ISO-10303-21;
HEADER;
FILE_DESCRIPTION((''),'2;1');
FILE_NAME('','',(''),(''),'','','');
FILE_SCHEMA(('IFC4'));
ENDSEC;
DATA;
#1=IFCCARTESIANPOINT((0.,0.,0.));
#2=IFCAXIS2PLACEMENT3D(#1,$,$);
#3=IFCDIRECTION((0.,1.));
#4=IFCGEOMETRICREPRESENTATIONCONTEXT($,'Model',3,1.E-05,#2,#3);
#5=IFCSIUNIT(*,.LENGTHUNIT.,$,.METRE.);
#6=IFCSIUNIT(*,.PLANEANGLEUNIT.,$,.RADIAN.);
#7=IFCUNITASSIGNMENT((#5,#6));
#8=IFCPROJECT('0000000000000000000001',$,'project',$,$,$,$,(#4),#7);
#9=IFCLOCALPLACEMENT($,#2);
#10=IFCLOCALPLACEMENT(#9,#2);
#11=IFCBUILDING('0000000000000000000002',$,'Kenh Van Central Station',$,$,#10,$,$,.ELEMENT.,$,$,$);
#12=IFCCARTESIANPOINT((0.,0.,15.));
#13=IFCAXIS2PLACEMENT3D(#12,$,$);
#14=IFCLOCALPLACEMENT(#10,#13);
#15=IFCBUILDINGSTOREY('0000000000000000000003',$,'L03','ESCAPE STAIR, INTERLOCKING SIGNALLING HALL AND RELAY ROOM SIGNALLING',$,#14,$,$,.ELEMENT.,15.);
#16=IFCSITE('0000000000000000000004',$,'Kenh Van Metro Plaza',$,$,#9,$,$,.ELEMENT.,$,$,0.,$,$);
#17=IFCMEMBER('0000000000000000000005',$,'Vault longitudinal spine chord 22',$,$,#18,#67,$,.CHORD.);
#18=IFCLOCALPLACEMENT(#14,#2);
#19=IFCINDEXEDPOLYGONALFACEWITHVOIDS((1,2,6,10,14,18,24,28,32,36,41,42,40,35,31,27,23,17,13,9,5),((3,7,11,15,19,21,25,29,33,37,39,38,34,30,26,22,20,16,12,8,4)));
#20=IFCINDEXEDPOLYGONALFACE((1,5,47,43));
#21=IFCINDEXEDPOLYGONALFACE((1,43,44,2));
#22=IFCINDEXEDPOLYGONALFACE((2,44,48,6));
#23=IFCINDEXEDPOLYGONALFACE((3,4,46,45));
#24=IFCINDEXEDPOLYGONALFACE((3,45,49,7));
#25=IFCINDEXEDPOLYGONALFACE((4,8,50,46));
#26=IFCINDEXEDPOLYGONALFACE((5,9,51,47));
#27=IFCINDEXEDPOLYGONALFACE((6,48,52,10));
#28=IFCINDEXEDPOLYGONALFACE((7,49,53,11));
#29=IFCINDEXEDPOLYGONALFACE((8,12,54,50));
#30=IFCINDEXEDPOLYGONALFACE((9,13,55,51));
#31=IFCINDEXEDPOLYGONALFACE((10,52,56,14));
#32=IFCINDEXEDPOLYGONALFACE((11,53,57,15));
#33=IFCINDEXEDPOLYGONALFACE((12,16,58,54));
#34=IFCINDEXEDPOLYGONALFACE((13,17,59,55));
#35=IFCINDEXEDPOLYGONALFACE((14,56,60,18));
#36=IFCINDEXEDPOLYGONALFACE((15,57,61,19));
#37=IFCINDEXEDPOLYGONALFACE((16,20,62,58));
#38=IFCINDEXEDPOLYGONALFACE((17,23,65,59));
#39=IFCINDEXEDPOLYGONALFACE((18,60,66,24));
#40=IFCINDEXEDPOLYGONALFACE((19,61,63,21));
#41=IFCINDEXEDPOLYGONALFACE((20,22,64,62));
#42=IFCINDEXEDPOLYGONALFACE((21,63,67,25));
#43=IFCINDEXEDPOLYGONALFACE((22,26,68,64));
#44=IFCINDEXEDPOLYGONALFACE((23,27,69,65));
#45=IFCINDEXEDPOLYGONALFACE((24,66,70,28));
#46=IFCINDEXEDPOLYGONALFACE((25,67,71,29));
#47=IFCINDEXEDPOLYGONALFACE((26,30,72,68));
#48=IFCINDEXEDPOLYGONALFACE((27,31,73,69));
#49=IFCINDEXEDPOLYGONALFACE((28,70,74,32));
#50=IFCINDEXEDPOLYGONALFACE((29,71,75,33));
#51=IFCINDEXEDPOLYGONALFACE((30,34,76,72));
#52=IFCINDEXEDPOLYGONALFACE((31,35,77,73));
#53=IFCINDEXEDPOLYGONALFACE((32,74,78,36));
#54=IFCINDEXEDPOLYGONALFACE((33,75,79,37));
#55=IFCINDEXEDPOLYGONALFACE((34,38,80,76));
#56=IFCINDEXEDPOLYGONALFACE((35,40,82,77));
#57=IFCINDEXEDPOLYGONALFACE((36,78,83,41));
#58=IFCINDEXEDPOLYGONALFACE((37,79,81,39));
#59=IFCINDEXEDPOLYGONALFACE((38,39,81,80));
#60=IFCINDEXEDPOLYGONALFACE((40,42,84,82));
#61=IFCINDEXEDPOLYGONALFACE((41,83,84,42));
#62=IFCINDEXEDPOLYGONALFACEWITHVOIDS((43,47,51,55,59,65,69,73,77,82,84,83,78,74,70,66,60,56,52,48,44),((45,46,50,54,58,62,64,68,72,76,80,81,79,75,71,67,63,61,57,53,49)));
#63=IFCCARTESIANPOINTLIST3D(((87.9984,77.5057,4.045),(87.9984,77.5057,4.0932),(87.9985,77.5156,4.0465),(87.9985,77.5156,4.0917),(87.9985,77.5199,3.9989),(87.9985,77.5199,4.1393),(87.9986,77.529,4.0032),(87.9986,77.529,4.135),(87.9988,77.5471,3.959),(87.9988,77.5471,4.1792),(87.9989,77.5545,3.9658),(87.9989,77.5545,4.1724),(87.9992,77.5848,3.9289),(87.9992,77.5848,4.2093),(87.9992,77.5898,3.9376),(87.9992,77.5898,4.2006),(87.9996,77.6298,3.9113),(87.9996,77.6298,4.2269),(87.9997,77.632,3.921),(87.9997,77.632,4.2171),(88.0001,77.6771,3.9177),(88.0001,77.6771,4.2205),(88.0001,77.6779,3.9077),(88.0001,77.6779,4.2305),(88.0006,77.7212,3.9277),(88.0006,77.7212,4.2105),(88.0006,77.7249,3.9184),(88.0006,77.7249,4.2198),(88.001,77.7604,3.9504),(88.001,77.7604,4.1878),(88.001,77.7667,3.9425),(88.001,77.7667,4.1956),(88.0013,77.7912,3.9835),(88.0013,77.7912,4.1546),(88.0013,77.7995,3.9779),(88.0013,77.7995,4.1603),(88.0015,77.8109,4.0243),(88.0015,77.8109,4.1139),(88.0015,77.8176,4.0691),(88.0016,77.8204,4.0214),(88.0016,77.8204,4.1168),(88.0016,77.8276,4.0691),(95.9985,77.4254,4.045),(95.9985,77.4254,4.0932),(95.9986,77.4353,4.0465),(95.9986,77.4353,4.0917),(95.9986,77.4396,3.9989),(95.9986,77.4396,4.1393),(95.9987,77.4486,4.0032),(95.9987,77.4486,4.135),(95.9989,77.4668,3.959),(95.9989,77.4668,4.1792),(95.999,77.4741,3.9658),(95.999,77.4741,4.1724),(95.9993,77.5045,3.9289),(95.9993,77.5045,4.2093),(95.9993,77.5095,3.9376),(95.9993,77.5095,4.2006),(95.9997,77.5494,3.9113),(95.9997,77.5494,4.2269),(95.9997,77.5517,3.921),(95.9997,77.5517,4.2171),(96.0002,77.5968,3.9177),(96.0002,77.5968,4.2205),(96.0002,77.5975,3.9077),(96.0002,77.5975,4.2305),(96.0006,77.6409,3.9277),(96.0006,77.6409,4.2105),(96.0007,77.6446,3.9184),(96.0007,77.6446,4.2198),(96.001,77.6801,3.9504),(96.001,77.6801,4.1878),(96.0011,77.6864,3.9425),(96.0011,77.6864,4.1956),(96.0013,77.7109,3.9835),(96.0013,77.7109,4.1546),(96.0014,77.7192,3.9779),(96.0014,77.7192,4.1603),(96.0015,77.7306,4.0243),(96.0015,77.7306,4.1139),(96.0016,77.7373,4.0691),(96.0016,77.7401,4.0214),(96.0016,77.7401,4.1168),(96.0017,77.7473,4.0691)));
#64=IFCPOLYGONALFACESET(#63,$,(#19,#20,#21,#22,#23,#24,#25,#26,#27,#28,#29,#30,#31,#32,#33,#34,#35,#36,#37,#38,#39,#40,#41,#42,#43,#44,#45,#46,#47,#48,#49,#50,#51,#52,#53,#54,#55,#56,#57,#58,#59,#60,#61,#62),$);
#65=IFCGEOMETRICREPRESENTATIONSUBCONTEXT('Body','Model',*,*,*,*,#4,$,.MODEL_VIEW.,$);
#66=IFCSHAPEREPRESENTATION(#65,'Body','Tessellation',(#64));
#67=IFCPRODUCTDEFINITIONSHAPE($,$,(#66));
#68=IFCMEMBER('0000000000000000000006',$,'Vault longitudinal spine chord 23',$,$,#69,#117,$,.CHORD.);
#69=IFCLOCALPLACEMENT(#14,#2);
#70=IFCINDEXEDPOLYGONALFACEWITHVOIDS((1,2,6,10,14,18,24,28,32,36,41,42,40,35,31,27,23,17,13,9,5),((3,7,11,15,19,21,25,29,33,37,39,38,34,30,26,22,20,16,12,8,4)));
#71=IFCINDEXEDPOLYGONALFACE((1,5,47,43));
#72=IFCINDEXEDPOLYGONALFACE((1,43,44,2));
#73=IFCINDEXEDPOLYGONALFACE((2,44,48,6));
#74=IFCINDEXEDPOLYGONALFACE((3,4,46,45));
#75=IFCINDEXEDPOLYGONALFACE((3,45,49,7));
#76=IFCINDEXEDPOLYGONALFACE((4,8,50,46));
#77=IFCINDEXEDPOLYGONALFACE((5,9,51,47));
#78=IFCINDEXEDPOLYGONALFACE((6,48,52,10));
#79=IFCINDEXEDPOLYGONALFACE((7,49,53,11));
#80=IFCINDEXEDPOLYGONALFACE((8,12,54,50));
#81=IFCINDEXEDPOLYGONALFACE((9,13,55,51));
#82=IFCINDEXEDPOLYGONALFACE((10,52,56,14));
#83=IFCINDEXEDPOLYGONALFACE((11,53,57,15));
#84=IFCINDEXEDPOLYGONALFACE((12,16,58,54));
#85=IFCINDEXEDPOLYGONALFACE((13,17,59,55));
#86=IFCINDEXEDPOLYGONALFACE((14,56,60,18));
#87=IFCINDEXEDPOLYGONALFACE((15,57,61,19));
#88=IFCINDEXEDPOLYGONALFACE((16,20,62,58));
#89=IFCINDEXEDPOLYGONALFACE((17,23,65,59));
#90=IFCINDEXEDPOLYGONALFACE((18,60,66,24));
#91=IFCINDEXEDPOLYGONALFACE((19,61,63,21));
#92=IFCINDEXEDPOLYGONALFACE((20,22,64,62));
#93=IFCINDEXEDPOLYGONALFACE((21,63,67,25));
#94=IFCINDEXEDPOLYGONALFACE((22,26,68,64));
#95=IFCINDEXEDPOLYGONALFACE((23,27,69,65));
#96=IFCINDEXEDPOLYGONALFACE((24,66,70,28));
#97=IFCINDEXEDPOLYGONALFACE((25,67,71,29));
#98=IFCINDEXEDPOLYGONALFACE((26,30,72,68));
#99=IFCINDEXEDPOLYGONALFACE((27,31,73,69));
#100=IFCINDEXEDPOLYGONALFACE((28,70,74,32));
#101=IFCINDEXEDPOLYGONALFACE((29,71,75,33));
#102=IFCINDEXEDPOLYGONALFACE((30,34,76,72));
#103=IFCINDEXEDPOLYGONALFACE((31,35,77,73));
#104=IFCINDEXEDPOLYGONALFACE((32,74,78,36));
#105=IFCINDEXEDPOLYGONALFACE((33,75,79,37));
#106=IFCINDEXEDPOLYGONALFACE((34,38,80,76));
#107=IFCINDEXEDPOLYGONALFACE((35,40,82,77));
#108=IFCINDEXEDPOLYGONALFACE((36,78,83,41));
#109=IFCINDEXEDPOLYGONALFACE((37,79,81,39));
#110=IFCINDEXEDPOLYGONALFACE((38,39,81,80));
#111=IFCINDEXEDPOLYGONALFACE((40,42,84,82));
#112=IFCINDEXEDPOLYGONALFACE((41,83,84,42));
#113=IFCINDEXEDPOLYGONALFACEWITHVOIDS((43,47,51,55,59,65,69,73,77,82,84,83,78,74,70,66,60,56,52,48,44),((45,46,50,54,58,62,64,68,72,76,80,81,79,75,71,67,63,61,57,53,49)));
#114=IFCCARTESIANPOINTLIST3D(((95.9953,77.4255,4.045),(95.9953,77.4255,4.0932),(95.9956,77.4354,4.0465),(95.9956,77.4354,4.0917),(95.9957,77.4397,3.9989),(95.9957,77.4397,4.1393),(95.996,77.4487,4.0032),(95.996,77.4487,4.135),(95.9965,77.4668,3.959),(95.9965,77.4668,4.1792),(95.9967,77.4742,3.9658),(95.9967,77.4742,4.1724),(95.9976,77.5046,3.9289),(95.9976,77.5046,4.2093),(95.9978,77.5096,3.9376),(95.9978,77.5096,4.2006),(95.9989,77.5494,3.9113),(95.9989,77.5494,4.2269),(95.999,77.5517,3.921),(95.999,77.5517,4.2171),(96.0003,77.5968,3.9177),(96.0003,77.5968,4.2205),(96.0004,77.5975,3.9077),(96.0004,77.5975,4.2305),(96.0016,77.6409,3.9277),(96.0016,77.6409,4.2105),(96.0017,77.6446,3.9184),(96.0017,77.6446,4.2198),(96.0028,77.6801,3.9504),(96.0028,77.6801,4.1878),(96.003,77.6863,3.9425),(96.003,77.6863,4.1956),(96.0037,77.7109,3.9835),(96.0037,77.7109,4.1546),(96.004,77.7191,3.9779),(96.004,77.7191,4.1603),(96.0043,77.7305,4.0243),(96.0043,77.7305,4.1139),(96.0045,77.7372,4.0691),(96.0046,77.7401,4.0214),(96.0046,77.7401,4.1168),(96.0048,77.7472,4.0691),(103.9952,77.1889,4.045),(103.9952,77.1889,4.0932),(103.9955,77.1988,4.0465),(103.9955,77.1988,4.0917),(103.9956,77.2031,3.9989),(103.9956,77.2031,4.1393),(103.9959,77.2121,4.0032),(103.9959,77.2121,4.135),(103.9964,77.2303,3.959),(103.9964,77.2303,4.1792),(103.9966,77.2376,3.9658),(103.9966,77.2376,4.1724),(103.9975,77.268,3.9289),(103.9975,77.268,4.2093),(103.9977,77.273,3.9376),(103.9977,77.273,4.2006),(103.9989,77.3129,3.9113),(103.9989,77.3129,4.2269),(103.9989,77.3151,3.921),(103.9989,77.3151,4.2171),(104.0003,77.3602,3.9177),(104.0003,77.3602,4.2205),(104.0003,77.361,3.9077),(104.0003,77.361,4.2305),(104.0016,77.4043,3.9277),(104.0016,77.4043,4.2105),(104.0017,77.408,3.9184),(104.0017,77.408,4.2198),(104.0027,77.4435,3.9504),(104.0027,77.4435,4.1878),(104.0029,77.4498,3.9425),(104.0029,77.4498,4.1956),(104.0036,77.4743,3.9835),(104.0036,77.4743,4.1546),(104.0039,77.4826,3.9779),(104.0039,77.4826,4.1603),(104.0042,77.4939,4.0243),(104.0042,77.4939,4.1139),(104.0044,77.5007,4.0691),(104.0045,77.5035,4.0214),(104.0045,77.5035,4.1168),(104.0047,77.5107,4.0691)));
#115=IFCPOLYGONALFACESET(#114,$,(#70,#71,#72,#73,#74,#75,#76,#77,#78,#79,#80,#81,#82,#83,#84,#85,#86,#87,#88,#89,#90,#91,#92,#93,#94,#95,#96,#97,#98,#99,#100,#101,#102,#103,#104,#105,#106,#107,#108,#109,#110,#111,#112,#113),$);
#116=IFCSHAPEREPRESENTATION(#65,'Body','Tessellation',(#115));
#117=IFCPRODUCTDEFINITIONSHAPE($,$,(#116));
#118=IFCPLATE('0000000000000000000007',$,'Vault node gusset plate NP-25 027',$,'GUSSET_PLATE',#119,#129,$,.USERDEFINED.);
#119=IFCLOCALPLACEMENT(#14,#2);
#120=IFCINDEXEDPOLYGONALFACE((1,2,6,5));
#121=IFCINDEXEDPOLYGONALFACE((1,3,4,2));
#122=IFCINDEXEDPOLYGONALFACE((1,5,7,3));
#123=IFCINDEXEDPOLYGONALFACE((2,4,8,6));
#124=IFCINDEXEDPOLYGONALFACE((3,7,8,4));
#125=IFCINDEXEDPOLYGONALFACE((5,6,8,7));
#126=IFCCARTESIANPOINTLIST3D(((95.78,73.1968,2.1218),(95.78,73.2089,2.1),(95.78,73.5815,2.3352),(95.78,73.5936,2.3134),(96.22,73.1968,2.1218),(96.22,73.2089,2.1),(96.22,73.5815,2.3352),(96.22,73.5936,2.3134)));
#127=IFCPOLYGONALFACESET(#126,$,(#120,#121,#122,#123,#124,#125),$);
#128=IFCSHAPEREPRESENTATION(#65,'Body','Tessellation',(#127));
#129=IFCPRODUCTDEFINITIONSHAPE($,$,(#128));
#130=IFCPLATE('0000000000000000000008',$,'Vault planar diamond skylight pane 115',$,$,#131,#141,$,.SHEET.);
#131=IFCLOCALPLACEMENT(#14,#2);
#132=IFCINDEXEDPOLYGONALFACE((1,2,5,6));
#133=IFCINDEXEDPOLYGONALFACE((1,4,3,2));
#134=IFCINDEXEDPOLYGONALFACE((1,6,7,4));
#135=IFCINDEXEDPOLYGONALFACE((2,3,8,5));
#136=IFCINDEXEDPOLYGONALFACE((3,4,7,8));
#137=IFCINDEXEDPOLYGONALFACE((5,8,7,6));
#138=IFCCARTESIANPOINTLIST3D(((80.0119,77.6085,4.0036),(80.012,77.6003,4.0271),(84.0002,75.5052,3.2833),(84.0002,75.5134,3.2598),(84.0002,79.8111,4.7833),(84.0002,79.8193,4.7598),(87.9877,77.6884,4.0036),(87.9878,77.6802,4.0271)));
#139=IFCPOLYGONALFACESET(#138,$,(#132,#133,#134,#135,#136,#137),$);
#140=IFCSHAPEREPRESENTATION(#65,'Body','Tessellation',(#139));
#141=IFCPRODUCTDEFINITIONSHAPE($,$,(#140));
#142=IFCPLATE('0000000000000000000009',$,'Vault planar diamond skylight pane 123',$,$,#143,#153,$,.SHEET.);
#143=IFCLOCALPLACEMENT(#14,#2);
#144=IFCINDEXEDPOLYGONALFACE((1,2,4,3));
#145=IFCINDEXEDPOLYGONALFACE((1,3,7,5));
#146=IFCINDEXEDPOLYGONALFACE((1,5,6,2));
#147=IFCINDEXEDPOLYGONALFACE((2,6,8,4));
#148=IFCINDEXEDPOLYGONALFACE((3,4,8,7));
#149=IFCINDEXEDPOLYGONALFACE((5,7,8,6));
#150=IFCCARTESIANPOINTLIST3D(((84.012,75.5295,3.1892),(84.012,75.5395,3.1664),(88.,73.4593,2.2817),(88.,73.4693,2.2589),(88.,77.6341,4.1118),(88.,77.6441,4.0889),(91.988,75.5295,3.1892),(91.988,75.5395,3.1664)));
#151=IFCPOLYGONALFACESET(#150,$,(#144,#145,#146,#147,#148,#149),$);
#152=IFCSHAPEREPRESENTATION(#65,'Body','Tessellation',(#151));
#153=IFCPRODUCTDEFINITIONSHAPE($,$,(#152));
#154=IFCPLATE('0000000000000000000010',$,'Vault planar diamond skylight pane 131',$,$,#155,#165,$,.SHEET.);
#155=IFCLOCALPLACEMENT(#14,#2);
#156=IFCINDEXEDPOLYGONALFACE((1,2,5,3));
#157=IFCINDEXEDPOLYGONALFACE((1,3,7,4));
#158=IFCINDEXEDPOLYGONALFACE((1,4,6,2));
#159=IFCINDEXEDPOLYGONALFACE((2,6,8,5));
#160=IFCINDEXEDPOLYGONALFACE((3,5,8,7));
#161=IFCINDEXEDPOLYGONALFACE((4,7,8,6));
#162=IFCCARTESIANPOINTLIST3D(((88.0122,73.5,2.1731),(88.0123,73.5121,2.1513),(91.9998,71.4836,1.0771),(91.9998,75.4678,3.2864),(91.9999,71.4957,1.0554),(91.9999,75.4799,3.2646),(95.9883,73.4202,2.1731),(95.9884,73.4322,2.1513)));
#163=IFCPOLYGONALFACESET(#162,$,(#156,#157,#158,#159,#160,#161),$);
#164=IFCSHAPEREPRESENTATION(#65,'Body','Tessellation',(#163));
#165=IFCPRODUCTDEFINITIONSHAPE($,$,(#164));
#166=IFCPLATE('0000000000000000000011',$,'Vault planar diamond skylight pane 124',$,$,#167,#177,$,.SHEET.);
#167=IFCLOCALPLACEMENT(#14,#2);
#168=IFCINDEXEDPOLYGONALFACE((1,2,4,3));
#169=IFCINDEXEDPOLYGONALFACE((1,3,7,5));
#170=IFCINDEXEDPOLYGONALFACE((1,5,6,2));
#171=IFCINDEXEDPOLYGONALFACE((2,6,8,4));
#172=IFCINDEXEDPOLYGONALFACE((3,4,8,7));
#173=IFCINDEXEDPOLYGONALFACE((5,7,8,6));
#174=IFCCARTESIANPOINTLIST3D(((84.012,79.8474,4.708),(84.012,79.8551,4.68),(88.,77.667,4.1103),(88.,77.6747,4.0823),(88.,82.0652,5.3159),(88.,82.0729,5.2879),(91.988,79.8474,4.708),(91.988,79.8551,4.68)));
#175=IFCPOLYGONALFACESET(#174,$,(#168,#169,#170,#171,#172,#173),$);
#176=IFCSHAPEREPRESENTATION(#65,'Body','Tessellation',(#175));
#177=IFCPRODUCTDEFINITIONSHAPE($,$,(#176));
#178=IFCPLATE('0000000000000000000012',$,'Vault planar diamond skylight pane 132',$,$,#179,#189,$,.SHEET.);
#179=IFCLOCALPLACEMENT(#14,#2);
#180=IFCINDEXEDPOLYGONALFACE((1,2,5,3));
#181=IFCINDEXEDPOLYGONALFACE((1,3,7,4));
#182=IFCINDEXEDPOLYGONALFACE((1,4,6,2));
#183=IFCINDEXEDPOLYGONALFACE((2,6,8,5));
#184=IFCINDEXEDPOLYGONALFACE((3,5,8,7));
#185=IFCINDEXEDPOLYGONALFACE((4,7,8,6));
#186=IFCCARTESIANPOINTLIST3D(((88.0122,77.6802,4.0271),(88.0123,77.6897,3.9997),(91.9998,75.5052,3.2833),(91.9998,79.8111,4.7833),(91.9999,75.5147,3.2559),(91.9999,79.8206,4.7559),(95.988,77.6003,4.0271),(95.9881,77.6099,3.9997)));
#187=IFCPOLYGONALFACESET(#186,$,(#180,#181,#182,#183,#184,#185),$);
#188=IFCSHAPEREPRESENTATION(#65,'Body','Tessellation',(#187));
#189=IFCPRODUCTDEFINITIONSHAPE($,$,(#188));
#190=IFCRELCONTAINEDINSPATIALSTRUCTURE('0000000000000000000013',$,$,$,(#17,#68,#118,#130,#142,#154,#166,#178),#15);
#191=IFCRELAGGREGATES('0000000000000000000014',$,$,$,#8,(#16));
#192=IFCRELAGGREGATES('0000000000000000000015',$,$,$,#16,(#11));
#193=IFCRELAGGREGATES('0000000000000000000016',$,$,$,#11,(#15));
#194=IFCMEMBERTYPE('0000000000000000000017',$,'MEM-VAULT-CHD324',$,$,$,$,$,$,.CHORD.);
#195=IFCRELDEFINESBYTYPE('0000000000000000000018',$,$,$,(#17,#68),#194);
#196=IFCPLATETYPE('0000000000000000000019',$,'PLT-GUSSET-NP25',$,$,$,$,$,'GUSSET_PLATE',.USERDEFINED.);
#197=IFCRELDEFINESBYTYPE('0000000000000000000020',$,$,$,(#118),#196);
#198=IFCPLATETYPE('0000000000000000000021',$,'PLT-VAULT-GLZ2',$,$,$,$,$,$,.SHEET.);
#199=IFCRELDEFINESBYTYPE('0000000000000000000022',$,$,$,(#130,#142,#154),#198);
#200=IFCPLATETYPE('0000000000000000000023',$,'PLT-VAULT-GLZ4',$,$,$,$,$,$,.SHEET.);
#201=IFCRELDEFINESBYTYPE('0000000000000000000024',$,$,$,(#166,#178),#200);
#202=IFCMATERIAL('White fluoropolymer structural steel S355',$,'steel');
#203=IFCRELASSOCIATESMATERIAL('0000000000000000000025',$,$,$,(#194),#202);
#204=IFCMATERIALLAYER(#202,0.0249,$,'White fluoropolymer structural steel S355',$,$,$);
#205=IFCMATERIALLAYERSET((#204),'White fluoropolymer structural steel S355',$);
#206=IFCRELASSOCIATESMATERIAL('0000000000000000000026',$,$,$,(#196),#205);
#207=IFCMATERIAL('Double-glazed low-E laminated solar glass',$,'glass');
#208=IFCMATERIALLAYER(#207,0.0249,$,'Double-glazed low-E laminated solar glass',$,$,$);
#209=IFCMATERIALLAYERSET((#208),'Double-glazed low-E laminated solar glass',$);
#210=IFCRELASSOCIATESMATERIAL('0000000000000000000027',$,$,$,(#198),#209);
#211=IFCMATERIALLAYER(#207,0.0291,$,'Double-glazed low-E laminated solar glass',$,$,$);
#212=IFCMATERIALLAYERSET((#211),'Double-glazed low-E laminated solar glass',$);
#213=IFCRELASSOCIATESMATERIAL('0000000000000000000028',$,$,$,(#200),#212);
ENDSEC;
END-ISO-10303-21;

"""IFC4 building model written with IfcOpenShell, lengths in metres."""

from ifc_helpers import new_model, si_unit, direction, frame, origin, origin_2d, place, context, subcontext, project, spatial, polyline, hollow_circle, outline, extrude, material, layer, layer_set, material_profile, profile_set, type_object, element, save


model = new_model("IFC4")

# Units and contexts
model_context = context("Model", 3, precision=1e-05, world=origin(), true_north=direction((0.0, 1.0)))
body_context = subcontext(model_context, "Body", "Model", "MODEL_VIEW")
ifc_project = project(units=[si_unit("LENGTHUNIT", "METRE"), si_unit("PLANEANGLEUNIT", "RADIAN")], contexts=[model_context])

# Site, building, storey
site_placement = place(None, origin())
site = spatial("IfcSite", under=ifc_project, at=site_placement, Name="Kenh Van Metro Plaza", CompositionType="ELEMENT", RefElevation=0.0)
building_placement = place(site_placement, origin())
building = spatial("IfcBuilding", under=site, at=building_placement, Name="Kenh Van Central Station", CompositionType="ELEMENT")
storey_placement = place(building_placement, frame((0.0, 0.0, 15.0)))
storey = spatial("IfcBuildingStorey", under=building, at=storey_placement, Name="L03", Description="ESCAPE STAIR, INTERLOCKING SIGNALLING HALL AND RELAY ROOM SIGNALLING", CompositionType="ELEMENT", Elevation=15.0)

# Shared definitions
ifc_material_1 = material(Name="White fluoropolymer structural steel S355", Category="steel")

# Members
ifc_material_profile_1 = material_profile(ifc_material_1, hollow_circle(Radius=0.1619, WallThickness=0.01, at=origin_2d()), Name="CHS 323.9x10")
ifc_profile_set_1 = profile_set([ifc_material_profile_1], Name="White fluoropolymer structural steel S355")
member_type_1 = type_object("IfcMemberType", Name="MEM-VAULT-CHD324", PredefinedType="CHORD", material=ifc_profile_set_1)
member_1_placement = place(storey_placement, frame((88.0, 77.6658, 4.0691), z_axis=(0.99995, -0.01004, 0.0), x_axis=(0.01004, 0.99995, 0.0)))
element("IfcMember", 1, at=member_1_placement, inside=storey, type_object=member_type_1, Name="Vault longitudinal spine chord 22", PredefinedType="CHORD", context=body_context, shape_type="SweptSolid", body=[
    extrude(hollow_circle(Radius=0.1619, WallThickness=0.01, at=origin_2d()), origin(), (0.0, 0.0, 1.0), 8.0005),
])
member_2_placement = place(storey_placement, frame((96.0, 77.5854, 4.0691), z_axis=(0.999563, -0.029559, 0.0), x_axis=(0.029559, 0.999563, 0.0)))
element("IfcMember", 2, at=member_2_placement, inside=storey, type_object=member_type_1, Name="Vault longitudinal spine chord 23", PredefinedType="CHORD", context=body_context, shape_type="SweptSolid", body=[
    extrude(hollow_circle(Radius=0.1619, WallThickness=0.01, at=origin_2d()), origin(), (0.0, 0.0, 1.0), 8.0034),
])

# Plates
ifc_layer_1 = layer(ifc_material_1, 0.0249, Name="White fluoropolymer structural steel S355")
ifc_layer_set_1 = layer_set([ifc_layer_1], Name="White fluoropolymer structural steel S355")
plate_type_1 = type_object("IfcPlateType", Name="PLT-GUSSET-NP25", ElementType="GUSSET_PLATE", PredefinedType="USERDEFINED", material=ifc_layer_set_1)
plate_1_placement = place(storey_placement, frame((95.78, 73.1968, 2.1218), z_axis=(0.0, -0.484983, 0.874523), x_axis=(1.0, 0.0, 0.0)))
element("IfcPlate", 3, at=plate_1_placement, inside=storey, type_object=plate_type_1, Name="Vault node gusset plate NP-25 027", ObjectType="GUSSET_PLATE", PredefinedType="USERDEFINED", context=body_context, shape_type="SweptSolid", body=[
    extrude(outline(polyline([(0.0, 0.0), (0.4399, 0.0), (0.4399, 0.44), (0.0, 0.44), (0.0, 0.0)])), origin(), (0.0, 0.0, -1.0), 0.0249),
])
ifc_material_2 = material(Name="Double-glazed low-E laminated solar glass", Category="glass")
ifc_layer_2 = layer(ifc_material_2, 0.0249, Name="Double-glazed low-E laminated solar glass")
ifc_layer_set_2 = layer_set([ifc_layer_2], Name="Double-glazed low-E laminated solar glass")
plate_type_2 = type_object("IfcPlateType", Name="PLT-VAULT-GLZ2", PredefinedType="SHEET", material=ifc_layer_set_2)
plate_2_placement = place(storey_placement, frame((80.012, 77.6003, 4.0271), z_axis=(0.003293, -0.328967, 0.944336), x_axis=(0.873453, -0.458853, -0.162891)))
element("IfcPlate", 4, at=plate_2_placement, inside=storey, type_object=plate_type_2, Name="Vault planar diamond skylight pane 115", PredefinedType="SHEET", context=body_context, shape_type="SweptSolid", body=[
    extrude(outline(polyline([(0.0, 0.0), (4.5661, 0.0), (6.9299, 3.9493), (2.346, 3.9827), (0.0, 0.0)])), origin(), (0.0, 0.0, -1.0), 0.0249),
])
plate_3_placement = place(storey_placement, frame((84.012, 75.5295, 3.1892), z_axis=(0.0, -0.401482, 0.915867), x_axis=(0.869968, -0.451621, -0.197974)))
element("IfcPlate", 5, at=plate_3_placement, inside=storey, type_object=plate_type_2, Name="Vault planar diamond skylight pane 123", PredefinedType="SHEET", context=body_context, shape_type="SweptSolid", body=[
    extrude(outline(polyline([(0.0, 0.0), (4.5841, 0.0), (6.9389, 3.9331), (2.3364, 3.9656), (0.0, 0.0)])), origin(), (0.0, 0.0, -1.0), 0.0249),
])
plate_4_placement = place(storey_placement, frame((88.0122, 73.5, 2.1731), z_axis=(-0.004854, -0.484936, 0.874536), x_axis=(0.866708, -0.438262, -0.238209)))
element("IfcPlate", 6, at=plate_4_placement, inside=storey, type_object=plate_type_2, Name="Vault planar diamond skylight pane 131", PredefinedType="SHEET", context=body_context, shape_type="SweptSolid", body=[
    extrude(outline(polyline([(0.0, 0.0), (4.6008, 0.0), (6.9479, 3.918), (2.3284, 3.9485), (0.0, 0.0)])), origin(), (0.0, 0.0, -1.0), 0.0249),
])
ifc_layer_3 = layer(ifc_material_2, 0.0291, Name="Double-glazed low-E laminated solar glass")
ifc_layer_set_3 = layer_set([ifc_layer_3], Name="Double-glazed low-E laminated solar glass")
plate_type_3 = type_object("IfcPlateType", Name="PLT-VAULT-GLZ4", PredefinedType="SHEET", material=ifc_layer_set_3)
plate_5_placement = place(storey_placement, frame((84.012, 79.8474, 4.708), z_axis=(0.0, -0.264354, 0.964426), x_axis=(0.869933, -0.475627, -0.130372)))
element("IfcPlate", 7, at=plate_5_placement, inside=storey, type_object=plate_type_3, Name="Vault planar diamond skylight pane 124", PredefinedType="SHEET", context=body_context, shape_type="SweptSolid", body=[
    extrude(outline(polyline([(0.0, 0.0), (4.5843, 0.0), (6.9386, 3.9336), (2.3352, 3.9673), (0.0, 0.0)])), origin(), (0.0, 0.0, -1.0), 0.0291),
])
plate_6_placement = place(storey_placement, frame((88.0122, 77.6802, 4.0271), z_axis=(-0.003293, -0.328967, 0.944336), x_axis=(0.866359, -0.472555, -0.161598)))
element("IfcPlate", 8, at=plate_6_placement, inside=storey, type_object=plate_type_3, Name="Vault planar diamond skylight pane 132", PredefinedType="SHEET", context=body_context, shape_type="SweptSolid", body=[
    extrude(outline(polyline([(0.0, 0.0), (4.6027, 0.0), (6.9477, 3.9179), (2.3255, 3.9504), (0.0, 0.0)])), origin(), (0.0, 0.0, -1.0), 0.0291),
])

save(model, "model.ifc")
